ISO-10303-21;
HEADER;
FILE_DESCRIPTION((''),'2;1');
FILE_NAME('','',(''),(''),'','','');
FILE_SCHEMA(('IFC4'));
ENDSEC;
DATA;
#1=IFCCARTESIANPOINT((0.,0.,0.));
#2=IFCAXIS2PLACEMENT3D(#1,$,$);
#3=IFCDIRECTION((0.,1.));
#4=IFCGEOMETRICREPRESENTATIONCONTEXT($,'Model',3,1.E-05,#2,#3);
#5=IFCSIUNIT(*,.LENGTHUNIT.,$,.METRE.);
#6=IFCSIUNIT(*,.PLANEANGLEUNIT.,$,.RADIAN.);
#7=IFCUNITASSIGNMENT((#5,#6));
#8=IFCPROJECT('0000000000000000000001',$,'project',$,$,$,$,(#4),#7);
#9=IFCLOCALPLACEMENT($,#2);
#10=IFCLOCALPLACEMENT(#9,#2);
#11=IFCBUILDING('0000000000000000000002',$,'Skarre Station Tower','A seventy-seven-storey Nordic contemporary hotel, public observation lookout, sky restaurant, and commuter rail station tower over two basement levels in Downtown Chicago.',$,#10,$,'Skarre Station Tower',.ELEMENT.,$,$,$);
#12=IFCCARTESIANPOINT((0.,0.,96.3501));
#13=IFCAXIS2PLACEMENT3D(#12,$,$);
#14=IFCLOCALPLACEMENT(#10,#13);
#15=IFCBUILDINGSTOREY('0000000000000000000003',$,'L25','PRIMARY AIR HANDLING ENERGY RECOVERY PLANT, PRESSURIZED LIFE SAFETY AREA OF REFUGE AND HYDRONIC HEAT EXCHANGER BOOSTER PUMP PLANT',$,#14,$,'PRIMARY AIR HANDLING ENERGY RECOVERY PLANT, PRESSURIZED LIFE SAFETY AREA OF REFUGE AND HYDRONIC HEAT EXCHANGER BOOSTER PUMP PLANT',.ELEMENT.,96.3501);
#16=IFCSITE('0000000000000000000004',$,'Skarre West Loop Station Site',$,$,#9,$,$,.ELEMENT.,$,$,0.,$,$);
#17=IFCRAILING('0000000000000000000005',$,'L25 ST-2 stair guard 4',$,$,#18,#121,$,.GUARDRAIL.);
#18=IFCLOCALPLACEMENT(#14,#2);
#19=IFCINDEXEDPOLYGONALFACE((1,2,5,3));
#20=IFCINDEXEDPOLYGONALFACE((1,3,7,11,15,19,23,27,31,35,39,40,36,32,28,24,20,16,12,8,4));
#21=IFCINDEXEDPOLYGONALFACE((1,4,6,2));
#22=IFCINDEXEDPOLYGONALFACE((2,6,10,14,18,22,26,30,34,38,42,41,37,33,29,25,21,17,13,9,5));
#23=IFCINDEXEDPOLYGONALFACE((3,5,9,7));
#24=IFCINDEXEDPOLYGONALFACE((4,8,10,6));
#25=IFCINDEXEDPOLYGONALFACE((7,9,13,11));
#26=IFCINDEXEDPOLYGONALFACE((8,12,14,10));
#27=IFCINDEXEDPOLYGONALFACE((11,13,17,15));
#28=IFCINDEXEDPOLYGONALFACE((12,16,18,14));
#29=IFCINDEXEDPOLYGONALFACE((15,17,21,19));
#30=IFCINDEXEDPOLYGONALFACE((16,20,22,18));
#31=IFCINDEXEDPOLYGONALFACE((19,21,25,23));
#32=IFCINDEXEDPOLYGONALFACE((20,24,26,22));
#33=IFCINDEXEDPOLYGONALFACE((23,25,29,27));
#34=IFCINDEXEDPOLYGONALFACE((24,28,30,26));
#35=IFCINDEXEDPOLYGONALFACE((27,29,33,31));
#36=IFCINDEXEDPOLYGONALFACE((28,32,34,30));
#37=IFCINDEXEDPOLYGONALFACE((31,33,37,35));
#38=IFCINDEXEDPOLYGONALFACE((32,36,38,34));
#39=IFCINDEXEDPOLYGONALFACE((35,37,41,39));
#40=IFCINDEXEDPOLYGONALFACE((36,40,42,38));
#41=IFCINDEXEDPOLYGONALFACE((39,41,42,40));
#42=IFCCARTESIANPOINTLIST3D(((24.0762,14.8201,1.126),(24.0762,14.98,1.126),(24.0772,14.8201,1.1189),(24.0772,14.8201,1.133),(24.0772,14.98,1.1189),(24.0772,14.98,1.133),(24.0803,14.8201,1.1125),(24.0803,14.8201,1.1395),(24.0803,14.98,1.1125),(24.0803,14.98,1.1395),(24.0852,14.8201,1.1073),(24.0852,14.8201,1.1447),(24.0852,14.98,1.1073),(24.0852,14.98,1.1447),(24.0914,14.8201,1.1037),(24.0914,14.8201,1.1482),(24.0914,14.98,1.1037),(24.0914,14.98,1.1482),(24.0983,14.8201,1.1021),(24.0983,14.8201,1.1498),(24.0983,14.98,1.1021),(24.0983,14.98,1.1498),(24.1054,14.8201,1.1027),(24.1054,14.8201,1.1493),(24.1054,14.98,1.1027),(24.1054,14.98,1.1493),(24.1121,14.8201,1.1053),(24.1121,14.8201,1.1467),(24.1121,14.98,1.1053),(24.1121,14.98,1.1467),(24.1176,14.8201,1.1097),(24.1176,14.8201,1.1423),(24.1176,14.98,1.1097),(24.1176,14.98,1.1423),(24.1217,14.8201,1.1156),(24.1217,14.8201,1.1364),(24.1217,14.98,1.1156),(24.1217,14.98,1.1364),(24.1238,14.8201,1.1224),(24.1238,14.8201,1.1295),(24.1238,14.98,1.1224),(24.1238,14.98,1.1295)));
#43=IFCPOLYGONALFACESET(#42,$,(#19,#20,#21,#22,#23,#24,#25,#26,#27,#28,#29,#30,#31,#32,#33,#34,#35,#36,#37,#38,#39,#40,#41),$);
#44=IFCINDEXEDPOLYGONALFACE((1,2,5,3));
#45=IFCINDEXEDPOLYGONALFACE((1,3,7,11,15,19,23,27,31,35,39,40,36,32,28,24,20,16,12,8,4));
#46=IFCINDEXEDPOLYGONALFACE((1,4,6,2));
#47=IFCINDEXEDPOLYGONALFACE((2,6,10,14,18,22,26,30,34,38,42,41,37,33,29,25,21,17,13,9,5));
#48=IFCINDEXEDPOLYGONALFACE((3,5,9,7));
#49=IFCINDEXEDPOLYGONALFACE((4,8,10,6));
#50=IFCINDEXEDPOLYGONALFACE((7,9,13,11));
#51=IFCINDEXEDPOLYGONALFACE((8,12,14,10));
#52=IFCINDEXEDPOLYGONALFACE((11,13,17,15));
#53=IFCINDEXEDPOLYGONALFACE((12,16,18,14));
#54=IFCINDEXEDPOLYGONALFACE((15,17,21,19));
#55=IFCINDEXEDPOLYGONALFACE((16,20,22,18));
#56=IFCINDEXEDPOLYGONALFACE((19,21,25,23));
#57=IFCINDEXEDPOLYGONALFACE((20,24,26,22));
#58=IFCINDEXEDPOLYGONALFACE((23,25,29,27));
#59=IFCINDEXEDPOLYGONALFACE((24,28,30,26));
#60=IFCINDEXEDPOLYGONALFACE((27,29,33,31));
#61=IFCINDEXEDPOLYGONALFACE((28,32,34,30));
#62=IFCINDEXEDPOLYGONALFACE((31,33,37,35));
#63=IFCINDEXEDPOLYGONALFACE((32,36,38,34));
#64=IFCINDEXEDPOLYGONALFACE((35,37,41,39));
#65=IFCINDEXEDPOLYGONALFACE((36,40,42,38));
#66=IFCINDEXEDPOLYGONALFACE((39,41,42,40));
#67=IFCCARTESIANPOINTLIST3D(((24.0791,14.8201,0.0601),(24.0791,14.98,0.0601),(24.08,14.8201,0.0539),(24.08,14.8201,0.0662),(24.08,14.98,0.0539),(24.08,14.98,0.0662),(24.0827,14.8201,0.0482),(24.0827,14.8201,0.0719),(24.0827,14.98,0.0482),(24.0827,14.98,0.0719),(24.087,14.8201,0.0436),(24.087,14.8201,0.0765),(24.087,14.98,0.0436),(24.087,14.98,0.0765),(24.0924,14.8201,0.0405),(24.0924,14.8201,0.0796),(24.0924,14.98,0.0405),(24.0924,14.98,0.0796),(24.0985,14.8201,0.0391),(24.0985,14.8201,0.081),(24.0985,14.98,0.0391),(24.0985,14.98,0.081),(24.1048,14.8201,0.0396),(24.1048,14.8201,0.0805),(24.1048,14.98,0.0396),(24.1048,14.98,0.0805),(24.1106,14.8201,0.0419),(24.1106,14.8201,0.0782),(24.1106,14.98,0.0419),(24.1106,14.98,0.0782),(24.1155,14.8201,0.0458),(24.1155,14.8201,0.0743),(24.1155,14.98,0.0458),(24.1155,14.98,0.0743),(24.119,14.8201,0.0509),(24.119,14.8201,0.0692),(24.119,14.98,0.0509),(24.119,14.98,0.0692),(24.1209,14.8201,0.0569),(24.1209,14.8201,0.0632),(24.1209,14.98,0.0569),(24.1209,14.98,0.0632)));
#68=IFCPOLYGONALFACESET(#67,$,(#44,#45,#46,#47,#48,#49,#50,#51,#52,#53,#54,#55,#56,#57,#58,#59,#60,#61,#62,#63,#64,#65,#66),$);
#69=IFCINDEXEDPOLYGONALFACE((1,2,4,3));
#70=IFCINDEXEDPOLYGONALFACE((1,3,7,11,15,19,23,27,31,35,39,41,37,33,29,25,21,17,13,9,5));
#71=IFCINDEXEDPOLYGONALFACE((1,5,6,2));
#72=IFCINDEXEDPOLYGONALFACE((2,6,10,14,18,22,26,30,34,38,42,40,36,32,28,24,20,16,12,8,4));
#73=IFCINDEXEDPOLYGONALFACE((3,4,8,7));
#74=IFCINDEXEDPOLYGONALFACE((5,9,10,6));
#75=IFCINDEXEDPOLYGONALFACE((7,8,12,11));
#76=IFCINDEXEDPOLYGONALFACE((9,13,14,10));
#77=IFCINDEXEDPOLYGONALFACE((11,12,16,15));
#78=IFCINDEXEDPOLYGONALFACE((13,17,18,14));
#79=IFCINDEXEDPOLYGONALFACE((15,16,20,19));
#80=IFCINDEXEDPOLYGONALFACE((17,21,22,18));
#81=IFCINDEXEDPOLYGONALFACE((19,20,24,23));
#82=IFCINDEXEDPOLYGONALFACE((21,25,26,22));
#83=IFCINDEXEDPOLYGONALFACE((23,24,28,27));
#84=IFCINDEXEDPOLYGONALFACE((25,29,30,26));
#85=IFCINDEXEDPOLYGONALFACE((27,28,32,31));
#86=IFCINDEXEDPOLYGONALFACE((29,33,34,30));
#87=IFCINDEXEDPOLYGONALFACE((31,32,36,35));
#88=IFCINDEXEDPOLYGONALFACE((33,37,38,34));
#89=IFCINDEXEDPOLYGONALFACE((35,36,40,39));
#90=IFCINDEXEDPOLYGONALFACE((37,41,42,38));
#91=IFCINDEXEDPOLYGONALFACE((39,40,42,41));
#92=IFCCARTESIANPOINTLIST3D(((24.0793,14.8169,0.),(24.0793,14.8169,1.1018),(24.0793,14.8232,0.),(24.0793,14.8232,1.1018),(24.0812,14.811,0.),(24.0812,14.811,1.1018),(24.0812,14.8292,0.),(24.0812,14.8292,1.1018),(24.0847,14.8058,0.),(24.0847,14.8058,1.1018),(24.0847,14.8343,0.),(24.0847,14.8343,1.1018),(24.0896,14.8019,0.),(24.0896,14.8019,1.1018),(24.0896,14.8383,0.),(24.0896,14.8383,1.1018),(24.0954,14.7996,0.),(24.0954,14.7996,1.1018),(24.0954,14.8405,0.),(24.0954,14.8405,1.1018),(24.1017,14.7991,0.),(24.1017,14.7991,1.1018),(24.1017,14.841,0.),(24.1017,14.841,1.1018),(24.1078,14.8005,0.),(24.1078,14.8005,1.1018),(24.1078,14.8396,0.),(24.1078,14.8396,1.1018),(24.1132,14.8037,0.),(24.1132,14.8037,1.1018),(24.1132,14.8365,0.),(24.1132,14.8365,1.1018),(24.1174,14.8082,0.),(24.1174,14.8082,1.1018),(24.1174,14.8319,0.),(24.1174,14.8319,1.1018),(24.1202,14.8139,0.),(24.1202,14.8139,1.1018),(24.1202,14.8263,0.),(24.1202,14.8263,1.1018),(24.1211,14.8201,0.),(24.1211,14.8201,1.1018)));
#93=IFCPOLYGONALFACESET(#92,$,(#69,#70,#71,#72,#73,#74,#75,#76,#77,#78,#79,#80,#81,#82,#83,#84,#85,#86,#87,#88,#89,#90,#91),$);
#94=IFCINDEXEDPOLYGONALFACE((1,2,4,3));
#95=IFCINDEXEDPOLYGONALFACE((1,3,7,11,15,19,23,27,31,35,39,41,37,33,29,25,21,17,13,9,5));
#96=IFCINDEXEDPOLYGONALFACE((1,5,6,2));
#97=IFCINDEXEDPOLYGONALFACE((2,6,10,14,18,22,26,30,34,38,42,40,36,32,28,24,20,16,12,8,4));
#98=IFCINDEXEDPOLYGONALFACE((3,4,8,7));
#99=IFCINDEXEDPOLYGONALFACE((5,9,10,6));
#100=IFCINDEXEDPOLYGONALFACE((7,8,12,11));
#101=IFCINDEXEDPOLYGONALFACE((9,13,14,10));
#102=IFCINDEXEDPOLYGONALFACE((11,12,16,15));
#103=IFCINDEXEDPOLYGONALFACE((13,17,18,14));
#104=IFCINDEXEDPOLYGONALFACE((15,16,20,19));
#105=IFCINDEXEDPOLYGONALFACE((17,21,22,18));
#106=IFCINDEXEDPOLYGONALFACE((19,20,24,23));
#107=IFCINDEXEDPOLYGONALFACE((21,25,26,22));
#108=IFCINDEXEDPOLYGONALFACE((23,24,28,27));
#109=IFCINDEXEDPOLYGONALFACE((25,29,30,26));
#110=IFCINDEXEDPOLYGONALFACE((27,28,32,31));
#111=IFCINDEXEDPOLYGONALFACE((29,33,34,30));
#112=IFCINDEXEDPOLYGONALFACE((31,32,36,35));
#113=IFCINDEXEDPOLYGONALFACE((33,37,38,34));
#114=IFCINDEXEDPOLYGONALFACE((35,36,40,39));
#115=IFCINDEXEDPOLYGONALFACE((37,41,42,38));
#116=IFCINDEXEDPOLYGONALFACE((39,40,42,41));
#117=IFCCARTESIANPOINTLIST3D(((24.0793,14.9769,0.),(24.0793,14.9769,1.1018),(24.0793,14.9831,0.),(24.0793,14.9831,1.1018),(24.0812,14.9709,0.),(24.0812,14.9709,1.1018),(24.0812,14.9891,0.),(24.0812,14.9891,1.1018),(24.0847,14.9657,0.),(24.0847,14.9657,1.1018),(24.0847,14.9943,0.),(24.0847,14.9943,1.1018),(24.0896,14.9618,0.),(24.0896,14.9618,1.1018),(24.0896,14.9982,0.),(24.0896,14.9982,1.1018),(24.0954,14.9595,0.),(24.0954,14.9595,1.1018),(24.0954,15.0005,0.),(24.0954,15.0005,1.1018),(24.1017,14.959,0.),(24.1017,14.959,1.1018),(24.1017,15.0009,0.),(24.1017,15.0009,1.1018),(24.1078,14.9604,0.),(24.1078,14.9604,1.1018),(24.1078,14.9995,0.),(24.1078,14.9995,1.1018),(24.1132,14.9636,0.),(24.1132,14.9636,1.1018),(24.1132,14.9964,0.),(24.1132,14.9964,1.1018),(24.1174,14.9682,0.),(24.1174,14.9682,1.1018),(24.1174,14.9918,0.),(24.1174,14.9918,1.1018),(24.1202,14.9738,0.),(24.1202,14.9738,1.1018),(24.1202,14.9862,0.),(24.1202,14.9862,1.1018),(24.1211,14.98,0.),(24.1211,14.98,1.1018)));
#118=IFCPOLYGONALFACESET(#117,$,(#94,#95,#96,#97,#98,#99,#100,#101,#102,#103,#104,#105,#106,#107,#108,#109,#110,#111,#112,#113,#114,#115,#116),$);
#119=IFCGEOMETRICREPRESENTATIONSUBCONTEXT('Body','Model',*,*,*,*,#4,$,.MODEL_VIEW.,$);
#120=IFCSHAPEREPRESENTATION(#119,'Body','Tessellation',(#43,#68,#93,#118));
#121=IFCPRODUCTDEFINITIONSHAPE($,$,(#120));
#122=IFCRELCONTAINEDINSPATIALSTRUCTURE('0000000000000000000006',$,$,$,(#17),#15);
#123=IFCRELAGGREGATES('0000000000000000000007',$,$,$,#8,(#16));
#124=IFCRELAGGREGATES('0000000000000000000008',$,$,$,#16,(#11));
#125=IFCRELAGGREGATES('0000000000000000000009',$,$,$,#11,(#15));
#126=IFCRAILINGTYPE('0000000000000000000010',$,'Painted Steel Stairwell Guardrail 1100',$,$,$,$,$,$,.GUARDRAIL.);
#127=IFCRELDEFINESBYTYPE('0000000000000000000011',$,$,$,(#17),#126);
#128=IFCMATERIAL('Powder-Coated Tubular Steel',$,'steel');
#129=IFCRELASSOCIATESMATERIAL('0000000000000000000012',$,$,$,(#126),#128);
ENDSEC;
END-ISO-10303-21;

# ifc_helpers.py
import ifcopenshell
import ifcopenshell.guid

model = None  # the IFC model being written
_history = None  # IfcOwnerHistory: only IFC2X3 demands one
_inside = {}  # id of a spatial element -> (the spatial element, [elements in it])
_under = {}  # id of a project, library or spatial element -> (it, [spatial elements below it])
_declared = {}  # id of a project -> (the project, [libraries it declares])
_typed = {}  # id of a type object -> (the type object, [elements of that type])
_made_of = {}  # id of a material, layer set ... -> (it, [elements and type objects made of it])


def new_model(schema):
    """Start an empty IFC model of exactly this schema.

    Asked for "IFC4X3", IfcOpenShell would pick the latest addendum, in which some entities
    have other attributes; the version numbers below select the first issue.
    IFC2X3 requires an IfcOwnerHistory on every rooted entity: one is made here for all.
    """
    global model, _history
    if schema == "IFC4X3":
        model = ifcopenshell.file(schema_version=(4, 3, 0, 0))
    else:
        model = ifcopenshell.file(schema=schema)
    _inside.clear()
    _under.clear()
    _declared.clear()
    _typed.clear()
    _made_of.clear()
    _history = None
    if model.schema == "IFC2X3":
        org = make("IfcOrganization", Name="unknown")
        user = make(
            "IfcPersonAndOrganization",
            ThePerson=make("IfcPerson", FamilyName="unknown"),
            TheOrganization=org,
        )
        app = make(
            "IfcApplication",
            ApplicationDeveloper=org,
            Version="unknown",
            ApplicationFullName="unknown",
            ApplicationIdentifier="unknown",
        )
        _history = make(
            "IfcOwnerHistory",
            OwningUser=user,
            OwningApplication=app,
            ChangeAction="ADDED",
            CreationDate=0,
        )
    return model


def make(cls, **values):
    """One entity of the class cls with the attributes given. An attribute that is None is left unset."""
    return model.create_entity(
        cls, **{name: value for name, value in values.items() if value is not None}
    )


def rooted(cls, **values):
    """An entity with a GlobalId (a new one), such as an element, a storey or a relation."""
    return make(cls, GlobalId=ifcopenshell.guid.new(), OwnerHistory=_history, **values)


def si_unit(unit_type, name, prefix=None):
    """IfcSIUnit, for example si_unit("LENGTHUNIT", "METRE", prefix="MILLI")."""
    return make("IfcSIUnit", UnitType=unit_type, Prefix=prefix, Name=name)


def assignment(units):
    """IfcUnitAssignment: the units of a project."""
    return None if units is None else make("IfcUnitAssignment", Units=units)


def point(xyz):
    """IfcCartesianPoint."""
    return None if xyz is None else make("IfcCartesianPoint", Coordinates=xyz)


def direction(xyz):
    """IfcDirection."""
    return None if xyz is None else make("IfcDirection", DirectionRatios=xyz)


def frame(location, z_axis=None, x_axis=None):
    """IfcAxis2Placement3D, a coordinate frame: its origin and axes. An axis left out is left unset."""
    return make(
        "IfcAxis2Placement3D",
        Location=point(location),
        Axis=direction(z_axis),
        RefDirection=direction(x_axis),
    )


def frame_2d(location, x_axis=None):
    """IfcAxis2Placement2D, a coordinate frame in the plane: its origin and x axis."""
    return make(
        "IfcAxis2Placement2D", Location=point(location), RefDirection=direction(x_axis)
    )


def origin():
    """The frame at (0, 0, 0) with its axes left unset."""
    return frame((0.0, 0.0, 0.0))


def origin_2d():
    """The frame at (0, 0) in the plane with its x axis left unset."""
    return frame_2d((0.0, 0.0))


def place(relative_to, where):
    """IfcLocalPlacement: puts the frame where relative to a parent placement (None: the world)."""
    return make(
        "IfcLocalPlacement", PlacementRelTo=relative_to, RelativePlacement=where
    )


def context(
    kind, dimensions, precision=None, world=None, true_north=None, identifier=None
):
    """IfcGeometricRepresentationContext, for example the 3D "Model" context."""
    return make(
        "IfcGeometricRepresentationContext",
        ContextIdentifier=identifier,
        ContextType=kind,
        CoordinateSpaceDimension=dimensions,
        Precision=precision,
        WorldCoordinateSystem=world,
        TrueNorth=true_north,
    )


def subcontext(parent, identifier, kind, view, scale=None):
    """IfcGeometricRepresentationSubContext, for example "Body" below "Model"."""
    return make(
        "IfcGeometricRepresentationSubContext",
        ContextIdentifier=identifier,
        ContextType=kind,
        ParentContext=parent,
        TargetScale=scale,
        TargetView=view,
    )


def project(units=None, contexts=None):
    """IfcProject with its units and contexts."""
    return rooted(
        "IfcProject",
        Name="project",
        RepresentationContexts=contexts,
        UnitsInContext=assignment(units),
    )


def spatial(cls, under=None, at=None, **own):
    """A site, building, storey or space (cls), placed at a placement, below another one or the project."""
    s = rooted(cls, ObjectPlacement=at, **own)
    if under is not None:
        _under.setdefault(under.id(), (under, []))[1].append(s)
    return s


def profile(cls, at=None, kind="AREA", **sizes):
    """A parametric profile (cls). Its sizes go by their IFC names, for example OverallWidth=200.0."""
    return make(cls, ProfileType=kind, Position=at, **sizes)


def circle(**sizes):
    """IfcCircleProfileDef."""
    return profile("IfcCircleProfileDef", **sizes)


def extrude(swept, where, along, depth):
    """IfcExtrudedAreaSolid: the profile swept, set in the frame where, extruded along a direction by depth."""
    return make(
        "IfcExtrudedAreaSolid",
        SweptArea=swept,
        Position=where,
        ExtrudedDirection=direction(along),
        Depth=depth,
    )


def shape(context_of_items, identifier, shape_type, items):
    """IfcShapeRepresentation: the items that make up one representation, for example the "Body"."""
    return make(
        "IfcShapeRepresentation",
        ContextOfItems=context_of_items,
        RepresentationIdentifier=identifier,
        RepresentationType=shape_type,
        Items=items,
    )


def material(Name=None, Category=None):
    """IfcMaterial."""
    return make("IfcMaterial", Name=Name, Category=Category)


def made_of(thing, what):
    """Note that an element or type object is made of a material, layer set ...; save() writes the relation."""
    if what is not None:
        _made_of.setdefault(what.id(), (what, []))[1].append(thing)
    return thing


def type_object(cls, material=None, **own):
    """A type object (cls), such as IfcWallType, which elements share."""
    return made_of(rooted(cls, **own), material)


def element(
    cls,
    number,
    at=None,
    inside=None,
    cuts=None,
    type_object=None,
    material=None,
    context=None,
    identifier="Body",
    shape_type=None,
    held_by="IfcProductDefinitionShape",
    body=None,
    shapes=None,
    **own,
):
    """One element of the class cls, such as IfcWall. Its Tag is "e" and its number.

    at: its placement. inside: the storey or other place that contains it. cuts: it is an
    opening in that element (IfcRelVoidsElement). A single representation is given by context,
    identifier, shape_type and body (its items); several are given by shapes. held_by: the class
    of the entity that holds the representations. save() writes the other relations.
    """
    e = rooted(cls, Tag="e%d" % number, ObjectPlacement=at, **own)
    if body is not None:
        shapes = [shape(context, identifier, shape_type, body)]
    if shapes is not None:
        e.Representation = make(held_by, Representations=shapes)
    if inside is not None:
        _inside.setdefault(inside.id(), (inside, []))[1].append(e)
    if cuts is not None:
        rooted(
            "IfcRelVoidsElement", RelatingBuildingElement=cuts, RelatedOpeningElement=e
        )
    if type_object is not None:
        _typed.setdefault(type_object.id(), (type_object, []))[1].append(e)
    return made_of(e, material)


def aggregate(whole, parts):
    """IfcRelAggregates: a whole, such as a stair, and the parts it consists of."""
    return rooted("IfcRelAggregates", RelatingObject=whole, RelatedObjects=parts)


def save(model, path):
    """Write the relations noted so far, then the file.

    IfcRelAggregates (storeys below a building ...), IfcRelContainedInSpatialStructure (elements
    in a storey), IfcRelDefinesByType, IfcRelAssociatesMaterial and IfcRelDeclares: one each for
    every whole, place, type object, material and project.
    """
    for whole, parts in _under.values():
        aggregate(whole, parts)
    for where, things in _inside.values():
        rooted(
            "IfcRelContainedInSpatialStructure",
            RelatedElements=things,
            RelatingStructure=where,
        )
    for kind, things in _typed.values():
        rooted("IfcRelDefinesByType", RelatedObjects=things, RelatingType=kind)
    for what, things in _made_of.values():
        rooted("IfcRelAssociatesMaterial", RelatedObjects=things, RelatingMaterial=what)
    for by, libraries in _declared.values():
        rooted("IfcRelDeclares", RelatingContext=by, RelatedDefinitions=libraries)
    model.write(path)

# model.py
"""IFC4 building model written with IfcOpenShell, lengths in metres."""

from ifc_helpers import new_model, si_unit, direction, frame, origin, origin_2d, place, context, subcontext, project, spatial, circle, extrude, material, type_object, element, save


model = new_model("IFC4")

# Units and contexts
model_context = context("Model", 3, precision=1e-05, world=origin(), true_north=direction((0.0, 1.0)))
body_context = subcontext(model_context, "Body", "Model", "MODEL_VIEW")
ifc_project = project(units=[si_unit("LENGTHUNIT", "METRE"), si_unit("PLANEANGLEUNIT", "RADIAN")], contexts=[model_context])

# Site, building, storey
site_placement = place(None, origin())
site = spatial("IfcSite", under=ifc_project, at=site_placement, Name="Skarre West Loop Station Site", CompositionType="ELEMENT", RefElevation=0.0)
building_placement = place(site_placement, origin())
building = spatial("IfcBuilding", under=site, at=building_placement, Name="Skarre Station Tower", Description="A seventy-seven-storey Nordic contemporary hotel, public observation lookout, sky restaurant, and commuter rail station tower over two basement levels in Downtown Chicago.", LongName="Skarre Station Tower", CompositionType="ELEMENT")
storey_placement = place(building_placement, frame((0.0, 0.0, 96.3501)))
storey = spatial("IfcBuildingStorey", under=building, at=storey_placement, Name="L25", Description="PRIMARY AIR HANDLING ENERGY RECOVERY PLANT, PRESSURIZED LIFE SAFETY AREA OF REFUGE AND HYDRONIC HEAT EXCHANGER BOOSTER PUMP PLANT", LongName="PRIMARY AIR HANDLING ENERGY RECOVERY PLANT, PRESSURIZED LIFE SAFETY AREA OF REFUGE AND HYDRONIC HEAT EXCHANGER BOOSTER PUMP PLANT", CompositionType="ELEMENT", Elevation=96.3501)

# Railing
ifc_material_1 = material(Name="Powder-Coated Tubular Steel", Category="steel")
railing_type_1 = type_object("IfcRailingType", Name="Painted Steel Stairwell Guardrail 1100", PredefinedType="GUARDRAIL", material=ifc_material_1)
railing_1_placement = place(storey_placement, frame((24.1001, 14.8201, 0.0)))
element("IfcRailing", 1, at=railing_1_placement, inside=storey, type_object=railing_type_1, Name="L25 ST-2 stair guard 4", PredefinedType="GUARDRAIL", context=body_context, shape_type="SweptSolid", body=[
    extrude(circle(Radius=0.0239, at=origin_2d()), frame((0.0, 0.0, 1.126), z_axis=(0.0, 1.0, 0.0), x_axis=(-1.0, 0.0, 0.0)), (0.0, 0.0, 1.0), 0.1599),
    extrude(circle(Radius=0.021, at=origin_2d()), frame((0.0, 0.0, 0.0601), z_axis=(0.0, 1.0, 0.0), x_axis=(-1.0, 0.0, 0.0)), (0.0, 0.0, 1.0), 0.1599),
    extrude(circle(Radius=0.021, at=origin_2d()), origin(), (0.0, 0.0, 1.0), 1.1018),
    extrude(circle(Radius=0.021, at=origin_2d()), frame((0.0, 0.1599, 0.0)), (0.0, 0.0, 1.0), 1.1018),
])

save(model, "model.ifc")
